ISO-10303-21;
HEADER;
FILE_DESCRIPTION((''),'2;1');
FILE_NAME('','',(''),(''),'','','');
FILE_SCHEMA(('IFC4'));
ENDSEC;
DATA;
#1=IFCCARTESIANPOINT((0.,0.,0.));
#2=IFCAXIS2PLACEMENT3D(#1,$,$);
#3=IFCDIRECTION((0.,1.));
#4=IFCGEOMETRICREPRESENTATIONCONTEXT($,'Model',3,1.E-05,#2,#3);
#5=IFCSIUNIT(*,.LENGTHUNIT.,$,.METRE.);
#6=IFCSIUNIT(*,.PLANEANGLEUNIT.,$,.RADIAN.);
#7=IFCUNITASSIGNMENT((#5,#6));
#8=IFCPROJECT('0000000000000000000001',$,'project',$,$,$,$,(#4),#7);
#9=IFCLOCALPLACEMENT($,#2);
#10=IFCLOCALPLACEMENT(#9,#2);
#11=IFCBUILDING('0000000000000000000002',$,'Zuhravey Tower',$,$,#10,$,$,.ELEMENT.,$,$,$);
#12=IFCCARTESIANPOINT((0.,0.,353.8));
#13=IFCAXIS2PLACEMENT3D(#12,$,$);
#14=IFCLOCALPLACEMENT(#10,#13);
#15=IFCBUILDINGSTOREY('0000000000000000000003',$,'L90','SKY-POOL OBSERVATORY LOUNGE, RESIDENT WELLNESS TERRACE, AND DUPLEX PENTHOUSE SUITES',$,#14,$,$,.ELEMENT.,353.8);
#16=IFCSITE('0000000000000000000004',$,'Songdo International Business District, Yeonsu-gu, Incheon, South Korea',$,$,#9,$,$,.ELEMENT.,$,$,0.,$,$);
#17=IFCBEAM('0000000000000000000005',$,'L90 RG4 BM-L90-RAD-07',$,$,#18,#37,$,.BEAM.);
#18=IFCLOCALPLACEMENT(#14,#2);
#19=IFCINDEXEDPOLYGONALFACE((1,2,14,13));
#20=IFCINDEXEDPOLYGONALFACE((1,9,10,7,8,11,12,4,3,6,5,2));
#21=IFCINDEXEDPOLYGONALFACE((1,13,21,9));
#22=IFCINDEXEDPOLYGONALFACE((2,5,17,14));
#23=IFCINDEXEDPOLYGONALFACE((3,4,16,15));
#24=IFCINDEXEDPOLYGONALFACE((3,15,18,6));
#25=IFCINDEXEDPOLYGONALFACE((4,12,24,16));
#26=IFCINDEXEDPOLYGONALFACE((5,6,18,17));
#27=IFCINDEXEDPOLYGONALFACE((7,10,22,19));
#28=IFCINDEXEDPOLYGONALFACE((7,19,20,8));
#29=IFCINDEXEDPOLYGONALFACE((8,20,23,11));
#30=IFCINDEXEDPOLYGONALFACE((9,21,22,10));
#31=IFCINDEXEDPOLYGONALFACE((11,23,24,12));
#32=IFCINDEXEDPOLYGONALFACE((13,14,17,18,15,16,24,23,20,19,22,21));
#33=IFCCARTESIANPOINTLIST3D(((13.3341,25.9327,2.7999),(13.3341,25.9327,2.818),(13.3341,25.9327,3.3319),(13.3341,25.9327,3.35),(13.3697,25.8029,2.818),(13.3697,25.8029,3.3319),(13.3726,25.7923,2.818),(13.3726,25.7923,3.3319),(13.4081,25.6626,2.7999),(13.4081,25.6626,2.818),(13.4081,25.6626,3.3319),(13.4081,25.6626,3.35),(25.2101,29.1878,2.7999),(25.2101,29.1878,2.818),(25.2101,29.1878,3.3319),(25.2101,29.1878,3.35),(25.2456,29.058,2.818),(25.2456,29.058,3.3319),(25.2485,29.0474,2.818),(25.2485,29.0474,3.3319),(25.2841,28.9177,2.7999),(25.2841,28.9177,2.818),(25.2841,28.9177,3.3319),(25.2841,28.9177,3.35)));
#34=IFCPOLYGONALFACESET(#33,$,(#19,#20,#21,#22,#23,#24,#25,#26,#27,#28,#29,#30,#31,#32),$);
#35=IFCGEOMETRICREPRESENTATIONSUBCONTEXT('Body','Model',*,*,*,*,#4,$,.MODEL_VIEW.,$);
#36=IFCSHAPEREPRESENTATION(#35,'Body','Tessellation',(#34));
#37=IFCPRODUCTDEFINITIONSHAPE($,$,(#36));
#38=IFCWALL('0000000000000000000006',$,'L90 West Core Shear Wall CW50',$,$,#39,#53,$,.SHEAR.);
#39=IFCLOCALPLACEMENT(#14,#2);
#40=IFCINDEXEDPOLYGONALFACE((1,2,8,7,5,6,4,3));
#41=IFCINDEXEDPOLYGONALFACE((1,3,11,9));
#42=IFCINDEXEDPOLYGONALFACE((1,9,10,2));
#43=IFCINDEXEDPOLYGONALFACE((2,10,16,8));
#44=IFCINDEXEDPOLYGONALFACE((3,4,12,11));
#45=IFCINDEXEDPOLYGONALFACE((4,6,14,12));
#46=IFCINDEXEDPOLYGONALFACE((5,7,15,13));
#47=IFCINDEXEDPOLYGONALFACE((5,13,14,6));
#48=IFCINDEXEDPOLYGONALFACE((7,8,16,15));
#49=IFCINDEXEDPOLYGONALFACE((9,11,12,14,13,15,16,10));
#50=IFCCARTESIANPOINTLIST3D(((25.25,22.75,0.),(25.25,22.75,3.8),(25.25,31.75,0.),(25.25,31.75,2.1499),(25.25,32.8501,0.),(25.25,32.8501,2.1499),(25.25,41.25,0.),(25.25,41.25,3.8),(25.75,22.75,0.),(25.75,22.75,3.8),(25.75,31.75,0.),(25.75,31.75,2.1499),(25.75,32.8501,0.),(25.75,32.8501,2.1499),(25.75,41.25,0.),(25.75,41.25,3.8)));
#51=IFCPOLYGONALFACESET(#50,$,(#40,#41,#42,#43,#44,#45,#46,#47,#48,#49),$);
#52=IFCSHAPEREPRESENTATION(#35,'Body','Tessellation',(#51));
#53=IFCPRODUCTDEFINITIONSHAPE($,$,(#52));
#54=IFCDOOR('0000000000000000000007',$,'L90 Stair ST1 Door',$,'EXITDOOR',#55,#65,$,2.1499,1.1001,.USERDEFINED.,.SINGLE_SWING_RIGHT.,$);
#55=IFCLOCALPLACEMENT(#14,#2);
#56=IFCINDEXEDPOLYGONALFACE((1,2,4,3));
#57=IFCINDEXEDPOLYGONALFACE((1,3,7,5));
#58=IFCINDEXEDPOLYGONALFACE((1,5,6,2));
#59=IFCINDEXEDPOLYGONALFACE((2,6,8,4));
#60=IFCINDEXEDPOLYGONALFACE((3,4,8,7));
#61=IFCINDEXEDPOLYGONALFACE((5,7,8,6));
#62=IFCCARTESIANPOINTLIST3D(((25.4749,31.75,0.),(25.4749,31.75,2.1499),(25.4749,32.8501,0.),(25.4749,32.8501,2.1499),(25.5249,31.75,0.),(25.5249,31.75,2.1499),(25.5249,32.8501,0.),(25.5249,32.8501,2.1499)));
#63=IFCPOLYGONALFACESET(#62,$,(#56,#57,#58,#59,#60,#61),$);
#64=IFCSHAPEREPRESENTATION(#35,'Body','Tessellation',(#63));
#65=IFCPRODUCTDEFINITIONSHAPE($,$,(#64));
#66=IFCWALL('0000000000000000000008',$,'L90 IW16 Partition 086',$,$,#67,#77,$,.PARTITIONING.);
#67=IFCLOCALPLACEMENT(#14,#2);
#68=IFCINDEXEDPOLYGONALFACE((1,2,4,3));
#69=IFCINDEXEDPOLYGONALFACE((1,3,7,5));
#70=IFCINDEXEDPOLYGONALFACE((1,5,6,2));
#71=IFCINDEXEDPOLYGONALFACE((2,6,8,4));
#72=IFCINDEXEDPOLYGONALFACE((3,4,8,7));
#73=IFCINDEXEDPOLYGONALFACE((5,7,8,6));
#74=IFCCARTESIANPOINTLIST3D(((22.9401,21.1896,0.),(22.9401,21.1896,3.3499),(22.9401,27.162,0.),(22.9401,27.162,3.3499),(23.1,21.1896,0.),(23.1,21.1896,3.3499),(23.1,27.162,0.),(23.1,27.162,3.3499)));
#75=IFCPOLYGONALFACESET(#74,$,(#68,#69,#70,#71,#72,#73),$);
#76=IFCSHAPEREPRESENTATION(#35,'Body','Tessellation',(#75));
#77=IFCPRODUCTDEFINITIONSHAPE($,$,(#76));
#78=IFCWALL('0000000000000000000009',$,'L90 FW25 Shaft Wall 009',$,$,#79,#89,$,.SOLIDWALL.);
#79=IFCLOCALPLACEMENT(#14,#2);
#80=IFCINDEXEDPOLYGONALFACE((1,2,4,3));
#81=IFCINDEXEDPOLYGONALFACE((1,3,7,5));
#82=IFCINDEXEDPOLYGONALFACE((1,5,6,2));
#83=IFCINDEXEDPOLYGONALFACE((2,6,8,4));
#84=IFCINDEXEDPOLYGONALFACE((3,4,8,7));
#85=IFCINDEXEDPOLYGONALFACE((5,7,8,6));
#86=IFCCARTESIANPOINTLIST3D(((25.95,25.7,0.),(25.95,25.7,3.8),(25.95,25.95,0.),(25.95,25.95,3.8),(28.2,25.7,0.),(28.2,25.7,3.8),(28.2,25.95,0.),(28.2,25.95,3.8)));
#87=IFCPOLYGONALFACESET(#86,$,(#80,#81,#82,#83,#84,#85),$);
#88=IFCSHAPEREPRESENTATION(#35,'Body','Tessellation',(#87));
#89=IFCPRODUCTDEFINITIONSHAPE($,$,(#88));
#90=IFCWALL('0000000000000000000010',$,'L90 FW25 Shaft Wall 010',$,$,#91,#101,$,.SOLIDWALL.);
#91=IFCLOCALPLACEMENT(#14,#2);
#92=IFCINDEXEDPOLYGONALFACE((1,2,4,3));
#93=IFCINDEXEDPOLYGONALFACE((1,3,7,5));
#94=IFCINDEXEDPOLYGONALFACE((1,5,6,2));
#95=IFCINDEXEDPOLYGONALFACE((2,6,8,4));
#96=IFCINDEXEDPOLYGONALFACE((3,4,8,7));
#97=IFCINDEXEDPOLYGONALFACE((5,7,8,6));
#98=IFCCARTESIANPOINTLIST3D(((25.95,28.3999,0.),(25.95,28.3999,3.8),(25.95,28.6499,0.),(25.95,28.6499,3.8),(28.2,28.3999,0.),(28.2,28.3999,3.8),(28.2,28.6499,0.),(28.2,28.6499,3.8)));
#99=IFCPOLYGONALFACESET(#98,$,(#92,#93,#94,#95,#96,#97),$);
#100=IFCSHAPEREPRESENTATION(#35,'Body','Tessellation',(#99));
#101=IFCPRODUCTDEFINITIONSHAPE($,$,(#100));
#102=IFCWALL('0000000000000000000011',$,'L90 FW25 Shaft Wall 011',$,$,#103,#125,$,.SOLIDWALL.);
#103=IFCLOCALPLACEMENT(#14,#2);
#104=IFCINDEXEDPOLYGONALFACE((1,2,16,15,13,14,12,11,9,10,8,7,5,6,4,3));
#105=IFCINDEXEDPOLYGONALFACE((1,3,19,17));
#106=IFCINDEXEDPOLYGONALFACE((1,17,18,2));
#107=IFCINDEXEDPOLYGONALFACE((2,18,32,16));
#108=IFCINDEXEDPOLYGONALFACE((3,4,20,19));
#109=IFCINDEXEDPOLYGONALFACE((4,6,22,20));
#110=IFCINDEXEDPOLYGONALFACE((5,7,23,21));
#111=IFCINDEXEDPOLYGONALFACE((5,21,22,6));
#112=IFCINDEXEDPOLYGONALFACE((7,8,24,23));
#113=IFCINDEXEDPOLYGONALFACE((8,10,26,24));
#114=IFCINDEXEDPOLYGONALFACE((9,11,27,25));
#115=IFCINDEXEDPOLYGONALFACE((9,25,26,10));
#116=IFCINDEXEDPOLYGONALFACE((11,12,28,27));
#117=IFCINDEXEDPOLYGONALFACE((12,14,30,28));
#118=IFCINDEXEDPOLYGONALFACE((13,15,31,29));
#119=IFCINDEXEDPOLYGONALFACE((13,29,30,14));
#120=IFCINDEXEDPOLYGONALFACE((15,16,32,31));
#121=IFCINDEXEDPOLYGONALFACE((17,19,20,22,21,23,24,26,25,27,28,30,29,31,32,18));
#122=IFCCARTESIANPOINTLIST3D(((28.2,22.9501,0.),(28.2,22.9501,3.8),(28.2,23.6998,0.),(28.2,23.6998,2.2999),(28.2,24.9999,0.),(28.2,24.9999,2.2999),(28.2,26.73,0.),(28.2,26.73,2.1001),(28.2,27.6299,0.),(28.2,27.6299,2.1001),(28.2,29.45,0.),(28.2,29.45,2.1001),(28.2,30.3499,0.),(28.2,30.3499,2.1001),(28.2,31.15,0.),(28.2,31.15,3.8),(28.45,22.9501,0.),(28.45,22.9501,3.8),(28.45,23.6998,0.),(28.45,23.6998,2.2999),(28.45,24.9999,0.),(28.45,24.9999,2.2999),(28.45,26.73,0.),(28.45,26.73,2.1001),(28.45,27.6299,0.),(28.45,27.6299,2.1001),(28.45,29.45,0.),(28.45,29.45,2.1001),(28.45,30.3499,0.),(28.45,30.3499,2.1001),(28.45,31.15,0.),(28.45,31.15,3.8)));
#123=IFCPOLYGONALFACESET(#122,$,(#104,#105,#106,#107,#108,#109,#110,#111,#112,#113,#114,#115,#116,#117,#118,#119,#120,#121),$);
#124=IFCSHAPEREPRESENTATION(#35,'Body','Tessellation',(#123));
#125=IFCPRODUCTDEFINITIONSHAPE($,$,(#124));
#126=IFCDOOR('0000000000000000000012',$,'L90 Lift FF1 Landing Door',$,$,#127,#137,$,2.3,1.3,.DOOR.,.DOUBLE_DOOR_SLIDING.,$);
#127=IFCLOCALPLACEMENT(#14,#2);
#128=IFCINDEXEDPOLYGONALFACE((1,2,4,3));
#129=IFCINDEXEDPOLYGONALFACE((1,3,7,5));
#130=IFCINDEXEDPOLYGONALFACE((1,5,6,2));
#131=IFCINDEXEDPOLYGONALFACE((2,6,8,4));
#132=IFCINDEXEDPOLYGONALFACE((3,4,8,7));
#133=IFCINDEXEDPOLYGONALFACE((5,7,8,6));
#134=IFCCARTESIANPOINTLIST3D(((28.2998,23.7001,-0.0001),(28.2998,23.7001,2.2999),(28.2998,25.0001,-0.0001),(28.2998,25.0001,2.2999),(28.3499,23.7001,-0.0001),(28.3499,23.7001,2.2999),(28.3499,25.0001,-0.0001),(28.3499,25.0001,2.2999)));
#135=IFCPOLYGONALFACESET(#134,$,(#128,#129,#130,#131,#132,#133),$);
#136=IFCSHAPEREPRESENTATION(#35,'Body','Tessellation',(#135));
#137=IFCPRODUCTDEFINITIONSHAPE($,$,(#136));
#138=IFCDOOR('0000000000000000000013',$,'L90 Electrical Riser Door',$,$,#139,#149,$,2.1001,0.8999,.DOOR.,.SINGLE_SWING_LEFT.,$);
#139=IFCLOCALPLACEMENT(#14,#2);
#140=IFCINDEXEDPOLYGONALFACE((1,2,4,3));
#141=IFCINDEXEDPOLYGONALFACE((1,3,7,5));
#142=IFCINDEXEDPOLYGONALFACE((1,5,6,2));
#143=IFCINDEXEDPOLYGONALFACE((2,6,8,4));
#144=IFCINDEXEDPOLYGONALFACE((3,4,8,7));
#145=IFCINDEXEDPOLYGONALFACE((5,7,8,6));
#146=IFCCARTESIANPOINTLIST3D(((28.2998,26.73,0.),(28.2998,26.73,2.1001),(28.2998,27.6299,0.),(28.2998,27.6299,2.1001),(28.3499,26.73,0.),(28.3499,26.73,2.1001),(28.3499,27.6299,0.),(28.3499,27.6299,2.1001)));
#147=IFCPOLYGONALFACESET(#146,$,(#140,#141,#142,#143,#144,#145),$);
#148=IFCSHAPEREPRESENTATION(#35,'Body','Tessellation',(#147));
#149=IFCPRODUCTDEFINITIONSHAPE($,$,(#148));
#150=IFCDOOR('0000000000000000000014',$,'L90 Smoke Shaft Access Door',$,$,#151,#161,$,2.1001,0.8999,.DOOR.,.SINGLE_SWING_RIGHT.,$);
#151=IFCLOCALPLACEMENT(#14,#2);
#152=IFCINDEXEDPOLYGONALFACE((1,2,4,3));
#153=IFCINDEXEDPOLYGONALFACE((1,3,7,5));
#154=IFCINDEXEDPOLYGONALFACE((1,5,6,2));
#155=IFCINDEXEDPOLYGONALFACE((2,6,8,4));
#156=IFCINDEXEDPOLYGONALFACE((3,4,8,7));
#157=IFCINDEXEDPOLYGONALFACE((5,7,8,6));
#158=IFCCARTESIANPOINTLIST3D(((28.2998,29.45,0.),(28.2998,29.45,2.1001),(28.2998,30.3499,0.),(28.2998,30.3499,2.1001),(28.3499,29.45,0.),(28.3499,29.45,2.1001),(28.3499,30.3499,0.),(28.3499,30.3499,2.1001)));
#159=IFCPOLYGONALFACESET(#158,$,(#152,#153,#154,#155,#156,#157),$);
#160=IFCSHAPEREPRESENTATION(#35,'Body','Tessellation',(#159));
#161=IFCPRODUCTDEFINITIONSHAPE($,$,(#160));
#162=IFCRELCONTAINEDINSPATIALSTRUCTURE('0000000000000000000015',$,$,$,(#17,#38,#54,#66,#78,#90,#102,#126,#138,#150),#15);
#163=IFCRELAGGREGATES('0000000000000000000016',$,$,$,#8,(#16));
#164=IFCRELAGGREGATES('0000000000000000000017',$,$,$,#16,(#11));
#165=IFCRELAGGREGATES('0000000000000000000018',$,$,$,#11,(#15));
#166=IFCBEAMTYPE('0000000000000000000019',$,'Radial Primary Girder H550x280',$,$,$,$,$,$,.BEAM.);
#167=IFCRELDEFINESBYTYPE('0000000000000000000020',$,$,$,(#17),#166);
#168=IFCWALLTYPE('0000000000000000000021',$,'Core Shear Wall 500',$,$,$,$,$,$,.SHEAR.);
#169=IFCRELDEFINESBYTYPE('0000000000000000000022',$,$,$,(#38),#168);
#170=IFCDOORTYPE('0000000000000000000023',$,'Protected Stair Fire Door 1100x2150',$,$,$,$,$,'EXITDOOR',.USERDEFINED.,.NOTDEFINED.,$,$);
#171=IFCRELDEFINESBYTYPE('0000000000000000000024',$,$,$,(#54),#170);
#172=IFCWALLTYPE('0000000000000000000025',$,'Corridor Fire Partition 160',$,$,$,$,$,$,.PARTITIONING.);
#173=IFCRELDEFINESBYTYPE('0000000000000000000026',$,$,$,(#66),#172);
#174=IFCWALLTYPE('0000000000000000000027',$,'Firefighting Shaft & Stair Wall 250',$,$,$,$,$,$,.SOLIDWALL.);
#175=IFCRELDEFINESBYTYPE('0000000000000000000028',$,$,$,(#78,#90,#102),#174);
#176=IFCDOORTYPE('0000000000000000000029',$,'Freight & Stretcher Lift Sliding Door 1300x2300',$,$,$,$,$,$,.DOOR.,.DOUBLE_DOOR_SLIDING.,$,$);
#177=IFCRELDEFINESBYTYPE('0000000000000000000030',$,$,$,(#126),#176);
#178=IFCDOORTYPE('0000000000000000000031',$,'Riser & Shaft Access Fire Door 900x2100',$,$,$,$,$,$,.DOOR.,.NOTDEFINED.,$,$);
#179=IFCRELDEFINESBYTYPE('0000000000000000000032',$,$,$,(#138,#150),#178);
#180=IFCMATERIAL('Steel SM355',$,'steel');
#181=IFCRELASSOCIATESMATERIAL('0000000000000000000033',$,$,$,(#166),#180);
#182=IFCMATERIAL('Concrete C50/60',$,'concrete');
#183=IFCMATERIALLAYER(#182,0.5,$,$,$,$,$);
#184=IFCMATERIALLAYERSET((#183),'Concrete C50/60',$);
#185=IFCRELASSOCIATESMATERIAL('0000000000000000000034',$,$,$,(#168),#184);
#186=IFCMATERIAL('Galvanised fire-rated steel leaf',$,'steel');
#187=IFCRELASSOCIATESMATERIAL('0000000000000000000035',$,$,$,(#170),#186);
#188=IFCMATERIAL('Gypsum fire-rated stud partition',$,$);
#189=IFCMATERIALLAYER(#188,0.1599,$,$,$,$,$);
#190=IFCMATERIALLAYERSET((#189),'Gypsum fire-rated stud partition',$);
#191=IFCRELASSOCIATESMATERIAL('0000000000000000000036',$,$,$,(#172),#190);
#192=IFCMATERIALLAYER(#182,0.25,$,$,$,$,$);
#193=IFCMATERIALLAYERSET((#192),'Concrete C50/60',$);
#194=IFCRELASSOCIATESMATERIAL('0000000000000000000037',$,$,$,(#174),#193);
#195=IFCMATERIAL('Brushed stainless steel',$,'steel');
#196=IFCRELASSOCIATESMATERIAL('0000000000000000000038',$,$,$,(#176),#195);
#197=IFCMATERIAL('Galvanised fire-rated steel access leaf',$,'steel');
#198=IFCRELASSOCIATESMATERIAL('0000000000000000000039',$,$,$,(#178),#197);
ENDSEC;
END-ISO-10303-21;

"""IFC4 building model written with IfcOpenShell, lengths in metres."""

from ifc_helpers import new_model, si_unit, direction, frame, frame_2d, origin, origin_2d, place, context, subcontext, project, spatial, rectangle, i_section, extrude, material, layer, layer_set, material_profile, profile_set, type_object, element, fill, save


model = new_model("IFC4")

# Units and contexts
model_context = context("Model", 3, precision=1e-05, world=origin(), true_north=direction((0.0, 1.0)))
body_context = subcontext(model_context, "Body", "Model", "MODEL_VIEW")
ifc_project = project(units=[si_unit("LENGTHUNIT", "METRE"), si_unit("PLANEANGLEUNIT", "RADIAN")], contexts=[model_context])

# Site, building, storey
site_placement = place(None, origin())
site = spatial("IfcSite", under=ifc_project, at=site_placement, Name="Songdo International Business District, Yeonsu-gu, Incheon, South Korea", CompositionType="ELEMENT", RefElevation=0.0)
building_placement = place(site_placement, origin())
building = spatial("IfcBuilding", under=site, at=building_placement, Name="Zuhravey Tower", CompositionType="ELEMENT")
storey_placement = place(building_placement, frame((0.0, 0.0, 353.8)))
storey = spatial("IfcBuildingStorey", under=building, at=storey_placement, Name="L90", Description="SKY-POOL OBSERVATORY LOUNGE, RESIDENT WELLNESS TERRACE, AND DUPLEX PENTHOUSE SUITES", CompositionType="ELEMENT", Elevation=353.8)

# Beam
ifc_material_1 = material(Name="Steel SM355", Category="steel")
ifc_material_profile = material_profile(ifc_material_1, i_section(OverallWidth=0.28, OverallDepth=0.55, WebThickness=0.011, FlangeThickness=0.0181, at=origin_2d()), Name="H-550x280x11x18")
ifc_profile_set = profile_set([ifc_material_profile], Name="Steel SM355")
beam_type = type_object("IfcBeamType", Name="Radial Primary Girder H550x280", PredefinedType="BEAM", material=ifc_profile_set)
beam_placement = place(storey_placement, frame((25.2471, 29.0527, 3.075), z_axis=(-0.964429, -0.264344, 0.0), x_axis=(0.264344, -0.964429, 0.0)))
element("IfcBeam", 1, at=beam_placement, inside=storey, type_object=beam_type, Name="L90 RG4 BM-L90-RAD-07", PredefinedType="BEAM", context=body_context, shape_type="SweptSolid", body=[
    extrude(i_section(OverallWidth=0.28, OverallDepth=0.55, WebThickness=0.011, FlangeThickness=0.0181, at=origin_2d()), origin(), (0.0, 0.0, 1.0), 12.314),
])

# Wall, opening, door
ifc_material_2 = material(Name="Concrete C50/60", Category="concrete")
ifc_layer_1 = layer(ifc_material_2, 0.5)
ifc_layer_set_1 = layer_set([ifc_layer_1], Name="Concrete C50/60")
wall_type_1 = type_object("IfcWallType", Name="Core Shear Wall 500", PredefinedType="SHEAR", material=ifc_layer_set_1)
wall_1_placement = place(storey_placement, frame((25.5, 22.75, 0.0), z_axis=(0.0, 0.0, 1.0), x_axis=(0.0, 1.0, 0.0)))
wall_1 = element("IfcWall", 2, at=wall_1_placement, inside=storey, type_object=wall_type_1, Name="L90 West Core Shear Wall CW50", PredefinedType="SHEAR", context=body_context, shape_type="SweptSolid", body=[
    extrude(rectangle(XDim=18.5, YDim=0.5, at=frame_2d((9.25, 0.0))), origin(), (0.0, 0.0, 1.0), 3.8),
])
opening_1_placement = place(wall_1_placement, frame((9.0, 0.0, 0.0)))
opening_1 = element("IfcOpeningElement", 3, at=opening_1_placement, cuts=wall_1, PredefinedType="OPENING", context=body_context, shape_type="SweptSolid", body=[
    extrude(rectangle(XDim=1.1001, YDim=2.1499, at=frame_2d((0.55, 1.075))), frame((0.0, 0.262, 0.0), z_axis=(0.0, -1.0, 0.0), x_axis=(1.0, 0.0, 0.0)), (0.0, 0.0, 1.0), 0.5239),
])
ifc_material_3 = material(Name="Galvanised fire-rated steel leaf", Category="steel")
door_type_1 = type_object("IfcDoorType", Name="Protected Stair Fire Door 1100x2150", ElementType="EXITDOOR", OperationType="NOTDEFINED", PredefinedType="USERDEFINED", material=ifc_material_3)
door_1_placement = place(opening_1_placement, frame((1.1001, 0.0, 0.0), z_axis=(0.0, 0.0, 1.0), x_axis=(-1.0, 0.0, 0.0)))
door_1 = element("IfcDoor", 4, at=door_1_placement, inside=storey, type_object=door_type_1, Name="L90 Stair ST1 Door", ObjectType="EXITDOOR", OperationType="SINGLE_SWING_RIGHT", OverallHeight=2.1499, OverallWidth=1.1001, PredefinedType="USERDEFINED", context=body_context, shape_type="SweptSolid", body=[
    extrude(rectangle(XDim=1.1001, YDim=2.1499, at=frame_2d((0.55, 1.075))), frame((0.0, 0.0249, 0.0), z_axis=(0.0, -1.0, 0.0), x_axis=(1.0, 0.0, 0.0)), (0.0, 0.0, 1.0), 0.05),
])
fill(opening_1, door_1)
ifc_material_4 = material(Name="Gypsum fire-rated stud partition")
ifc_layer_2 = layer(ifc_material_4, 0.1599)
ifc_layer_set_2 = layer_set([ifc_layer_2], Name="Gypsum fire-rated stud partition")
wall_type_2 = type_object("IfcWallType", Name="Corridor Fire Partition 160", PredefinedType="PARTITIONING", material=ifc_layer_set_2)

# Walls
wall_2_placement = place(storey_placement, frame((23.02, 27.1621, 0.0), z_axis=(0.0, 0.0, 1.0), x_axis=(0.0, -1.0, 0.0)))
element("IfcWall", 5, at=wall_2_placement, inside=storey, type_object=wall_type_2, Name="L90 IW16 Partition 086", PredefinedType="PARTITIONING", context=body_context, shape_type="SweptSolid", body=[
    extrude(rectangle(XDim=5.9724, YDim=0.1599, at=frame_2d((2.9863, 0.0))), origin(), (0.0, 0.0, 1.0), 3.3499),
])
ifc_layer_3 = layer(ifc_material_2, 0.25)
ifc_layer_set_3 = layer_set([ifc_layer_3], Name="Concrete C50/60")
wall_type_3 = type_object("IfcWallType", Name="Firefighting Shaft & Stair Wall 250", PredefinedType="SOLIDWALL", material=ifc_layer_set_3)
for number, where, z_axis, x_axis, name in (
    (6, (25.95, 25.825, 0.0), (0.0, 0.0, 1.0), (1.0, 0.0, 0.0), "L90 FW25 Shaft Wall 009"),
    (7, (25.95, 28.5249, 0.0), (0.0, 0.0, 1.0), (1.0, 0.0, 0.0), "L90 FW25 Shaft Wall 010"),
):
    element("IfcWall", number, at=place(storey_placement, frame(where, z_axis=z_axis, x_axis=x_axis)), inside=storey, type_object=wall_type_3, Name=name, PredefinedType="SOLIDWALL", context=body_context, shape_type="SweptSolid", body=[
        extrude(rectangle(XDim=2.25, YDim=0.25, at=frame_2d((1.125, 0.0))), origin(), (0.0, 0.0, 1.0), 3.8),
    ])

# Wall, openings, doors
wall_3_placement = place(storey_placement, frame((28.325, 22.95, 0.0), z_axis=(0.0, 0.0, 1.0), x_axis=(0.0, 1.0, 0.0)))
wall_3 = element("IfcWall", 8, at=wall_3_placement, inside=storey, type_object=wall_type_3, Name="L90 FW25 Shaft Wall 011", PredefinedType="SOLIDWALL", context=body_context, shape_type="SweptSolid", body=[
    extrude(rectangle(XDim=8.2, YDim=0.25, at=frame_2d((4.1001, 0.0))), origin(), (0.0, 0.0, 1.0), 3.8),
])
opening_2_placement = place(wall_3_placement, frame((0.75, 0.0, 0.0)))
opening_2 = element("IfcOpeningElement", 9, at=opening_2_placement, cuts=wall_3, PredefinedType="OPENING", context=body_context, shape_type="SweptSolid", body=[
    extrude(rectangle(XDim=1.3, YDim=2.3, at=frame_2d((0.6499, 1.1499))), frame((0.0, 0.137, 0.0), z_axis=(0.0, -1.0, 0.0), x_axis=(1.0, 0.0, 0.0)), (0.0, 0.0, 1.0), 0.2739),
])
opening_3_placement = place(wall_3_placement, frame((3.78, 0.0, 0.0)))
opening_3 = element("IfcOpeningElement", 10, at=opening_3_placement, cuts=wall_3, PredefinedType="OPENING", context=body_context, shape_type="SweptSolid", body=[
    extrude(rectangle(XDim=0.8999, YDim=2.1001, at=frame_2d((0.45, 1.05))), frame((0.0, 0.137, 0.0), z_axis=(0.0, -1.0, 0.0), x_axis=(1.0, 0.0, 0.0)), (0.0, 0.0, 1.0), 0.2739),
])
opening_4_placement = place(wall_3_placement, frame((6.5, 0.0, 0.0)))
opening_4 = element("IfcOpeningElement", 11, at=opening_4_placement, cuts=wall_3, PredefinedType="OPENING", context=body_context, shape_type="SweptSolid", body=[
    extrude(rectangle(XDim=0.8999, YDim=2.1001, at=frame_2d((0.45, 1.05))), frame((0.0, 0.137, 0.0), z_axis=(0.0, -1.0, 0.0), x_axis=(1.0, 0.0, 0.0)), (0.0, 0.0, 1.0), 0.2739),
])
ifc_material_5 = material(Name="Brushed stainless steel", Category="steel")
door_type_2 = type_object("IfcDoorType", Name="Freight & Stretcher Lift Sliding Door 1300x2300", OperationType="DOUBLE_DOOR_SLIDING", PredefinedType="DOOR", material=ifc_material_5)
door_2_placement = place(opening_2_placement, frame((1.3, 0.0, 0.0), z_axis=(0.0, 0.0, 1.0), x_axis=(-1.0, 0.0, 0.0)))
door_2 = element("IfcDoor", 12, at=door_2_placement, inside=storey, type_object=door_type_2, Name="L90 Lift FF1 Landing Door", OperationType="DOUBLE_DOOR_SLIDING", OverallHeight=2.3, OverallWidth=1.3, PredefinedType="DOOR", context=body_context, shape_type="SweptSolid", body=[
    extrude(rectangle(XDim=1.3, YDim=2.3, at=frame_2d((0.6499, 1.1499))), frame((0.0, 0.0249, 0.0), z_axis=(0.0, -1.0, 0.0), x_axis=(1.0, 0.0, 0.0)), (0.0, 0.0, 1.0), 0.05),
])
fill(opening_2, door_2)
ifc_material_6 = material(Name="Galvanised fire-rated steel access leaf", Category="steel")
door_type_3 = type_object("IfcDoorType", Name="Riser & Shaft Access Fire Door 900x2100", OperationType="NOTDEFINED", PredefinedType="DOOR", material=ifc_material_6)
door_3_placement = place(opening_3_placement, frame((0.8999, 0.0, 0.0), z_axis=(0.0, 0.0, 1.0), x_axis=(-1.0, 0.0, 0.0)))
door_3 = element("IfcDoor", 13, at=door_3_placement, inside=storey, type_object=door_type_3, Name="L90 Electrical Riser Door", OperationType="SINGLE_SWING_LEFT", OverallHeight=2.1001, OverallWidth=0.8999, PredefinedType="DOOR", context=body_context, shape_type="SweptSolid", body=[
    extrude(rectangle(XDim=0.8999, YDim=2.1001, at=frame_2d((0.45, 1.05))), frame((0.0, 0.0249, 0.0), z_axis=(0.0, -1.0, 0.0), x_axis=(1.0, 0.0, 0.0)), (0.0, 0.0, 1.0), 0.05),
])
fill(opening_3, door_3)
door_4_placement = place(opening_4_placement, frame((0.8999, 0.0, 0.0), z_axis=(0.0, 0.0, 1.0), x_axis=(-1.0, 0.0, 0.0)))
door_4 = element("IfcDoor", 14, at=door_4_placement, inside=storey, type_object=door_type_3, Name="L90 Smoke Shaft Access Door", OperationType="SINGLE_SWING_RIGHT", OverallHeight=2.1001, OverallWidth=0.8999, PredefinedType="DOOR", context=body_context, shape_type="SweptSolid", body=[
    extrude(rectangle(XDim=0.8999, YDim=2.1001, at=frame_2d((0.45, 1.05))), frame((0.0, 0.0249, 0.0), z_axis=(0.0, -1.0, 0.0), x_axis=(1.0, 0.0, 0.0)), (0.0, 0.0, 1.0), 0.05),
])
fill(opening_4, door_4)

save(model, "model.ifc")
